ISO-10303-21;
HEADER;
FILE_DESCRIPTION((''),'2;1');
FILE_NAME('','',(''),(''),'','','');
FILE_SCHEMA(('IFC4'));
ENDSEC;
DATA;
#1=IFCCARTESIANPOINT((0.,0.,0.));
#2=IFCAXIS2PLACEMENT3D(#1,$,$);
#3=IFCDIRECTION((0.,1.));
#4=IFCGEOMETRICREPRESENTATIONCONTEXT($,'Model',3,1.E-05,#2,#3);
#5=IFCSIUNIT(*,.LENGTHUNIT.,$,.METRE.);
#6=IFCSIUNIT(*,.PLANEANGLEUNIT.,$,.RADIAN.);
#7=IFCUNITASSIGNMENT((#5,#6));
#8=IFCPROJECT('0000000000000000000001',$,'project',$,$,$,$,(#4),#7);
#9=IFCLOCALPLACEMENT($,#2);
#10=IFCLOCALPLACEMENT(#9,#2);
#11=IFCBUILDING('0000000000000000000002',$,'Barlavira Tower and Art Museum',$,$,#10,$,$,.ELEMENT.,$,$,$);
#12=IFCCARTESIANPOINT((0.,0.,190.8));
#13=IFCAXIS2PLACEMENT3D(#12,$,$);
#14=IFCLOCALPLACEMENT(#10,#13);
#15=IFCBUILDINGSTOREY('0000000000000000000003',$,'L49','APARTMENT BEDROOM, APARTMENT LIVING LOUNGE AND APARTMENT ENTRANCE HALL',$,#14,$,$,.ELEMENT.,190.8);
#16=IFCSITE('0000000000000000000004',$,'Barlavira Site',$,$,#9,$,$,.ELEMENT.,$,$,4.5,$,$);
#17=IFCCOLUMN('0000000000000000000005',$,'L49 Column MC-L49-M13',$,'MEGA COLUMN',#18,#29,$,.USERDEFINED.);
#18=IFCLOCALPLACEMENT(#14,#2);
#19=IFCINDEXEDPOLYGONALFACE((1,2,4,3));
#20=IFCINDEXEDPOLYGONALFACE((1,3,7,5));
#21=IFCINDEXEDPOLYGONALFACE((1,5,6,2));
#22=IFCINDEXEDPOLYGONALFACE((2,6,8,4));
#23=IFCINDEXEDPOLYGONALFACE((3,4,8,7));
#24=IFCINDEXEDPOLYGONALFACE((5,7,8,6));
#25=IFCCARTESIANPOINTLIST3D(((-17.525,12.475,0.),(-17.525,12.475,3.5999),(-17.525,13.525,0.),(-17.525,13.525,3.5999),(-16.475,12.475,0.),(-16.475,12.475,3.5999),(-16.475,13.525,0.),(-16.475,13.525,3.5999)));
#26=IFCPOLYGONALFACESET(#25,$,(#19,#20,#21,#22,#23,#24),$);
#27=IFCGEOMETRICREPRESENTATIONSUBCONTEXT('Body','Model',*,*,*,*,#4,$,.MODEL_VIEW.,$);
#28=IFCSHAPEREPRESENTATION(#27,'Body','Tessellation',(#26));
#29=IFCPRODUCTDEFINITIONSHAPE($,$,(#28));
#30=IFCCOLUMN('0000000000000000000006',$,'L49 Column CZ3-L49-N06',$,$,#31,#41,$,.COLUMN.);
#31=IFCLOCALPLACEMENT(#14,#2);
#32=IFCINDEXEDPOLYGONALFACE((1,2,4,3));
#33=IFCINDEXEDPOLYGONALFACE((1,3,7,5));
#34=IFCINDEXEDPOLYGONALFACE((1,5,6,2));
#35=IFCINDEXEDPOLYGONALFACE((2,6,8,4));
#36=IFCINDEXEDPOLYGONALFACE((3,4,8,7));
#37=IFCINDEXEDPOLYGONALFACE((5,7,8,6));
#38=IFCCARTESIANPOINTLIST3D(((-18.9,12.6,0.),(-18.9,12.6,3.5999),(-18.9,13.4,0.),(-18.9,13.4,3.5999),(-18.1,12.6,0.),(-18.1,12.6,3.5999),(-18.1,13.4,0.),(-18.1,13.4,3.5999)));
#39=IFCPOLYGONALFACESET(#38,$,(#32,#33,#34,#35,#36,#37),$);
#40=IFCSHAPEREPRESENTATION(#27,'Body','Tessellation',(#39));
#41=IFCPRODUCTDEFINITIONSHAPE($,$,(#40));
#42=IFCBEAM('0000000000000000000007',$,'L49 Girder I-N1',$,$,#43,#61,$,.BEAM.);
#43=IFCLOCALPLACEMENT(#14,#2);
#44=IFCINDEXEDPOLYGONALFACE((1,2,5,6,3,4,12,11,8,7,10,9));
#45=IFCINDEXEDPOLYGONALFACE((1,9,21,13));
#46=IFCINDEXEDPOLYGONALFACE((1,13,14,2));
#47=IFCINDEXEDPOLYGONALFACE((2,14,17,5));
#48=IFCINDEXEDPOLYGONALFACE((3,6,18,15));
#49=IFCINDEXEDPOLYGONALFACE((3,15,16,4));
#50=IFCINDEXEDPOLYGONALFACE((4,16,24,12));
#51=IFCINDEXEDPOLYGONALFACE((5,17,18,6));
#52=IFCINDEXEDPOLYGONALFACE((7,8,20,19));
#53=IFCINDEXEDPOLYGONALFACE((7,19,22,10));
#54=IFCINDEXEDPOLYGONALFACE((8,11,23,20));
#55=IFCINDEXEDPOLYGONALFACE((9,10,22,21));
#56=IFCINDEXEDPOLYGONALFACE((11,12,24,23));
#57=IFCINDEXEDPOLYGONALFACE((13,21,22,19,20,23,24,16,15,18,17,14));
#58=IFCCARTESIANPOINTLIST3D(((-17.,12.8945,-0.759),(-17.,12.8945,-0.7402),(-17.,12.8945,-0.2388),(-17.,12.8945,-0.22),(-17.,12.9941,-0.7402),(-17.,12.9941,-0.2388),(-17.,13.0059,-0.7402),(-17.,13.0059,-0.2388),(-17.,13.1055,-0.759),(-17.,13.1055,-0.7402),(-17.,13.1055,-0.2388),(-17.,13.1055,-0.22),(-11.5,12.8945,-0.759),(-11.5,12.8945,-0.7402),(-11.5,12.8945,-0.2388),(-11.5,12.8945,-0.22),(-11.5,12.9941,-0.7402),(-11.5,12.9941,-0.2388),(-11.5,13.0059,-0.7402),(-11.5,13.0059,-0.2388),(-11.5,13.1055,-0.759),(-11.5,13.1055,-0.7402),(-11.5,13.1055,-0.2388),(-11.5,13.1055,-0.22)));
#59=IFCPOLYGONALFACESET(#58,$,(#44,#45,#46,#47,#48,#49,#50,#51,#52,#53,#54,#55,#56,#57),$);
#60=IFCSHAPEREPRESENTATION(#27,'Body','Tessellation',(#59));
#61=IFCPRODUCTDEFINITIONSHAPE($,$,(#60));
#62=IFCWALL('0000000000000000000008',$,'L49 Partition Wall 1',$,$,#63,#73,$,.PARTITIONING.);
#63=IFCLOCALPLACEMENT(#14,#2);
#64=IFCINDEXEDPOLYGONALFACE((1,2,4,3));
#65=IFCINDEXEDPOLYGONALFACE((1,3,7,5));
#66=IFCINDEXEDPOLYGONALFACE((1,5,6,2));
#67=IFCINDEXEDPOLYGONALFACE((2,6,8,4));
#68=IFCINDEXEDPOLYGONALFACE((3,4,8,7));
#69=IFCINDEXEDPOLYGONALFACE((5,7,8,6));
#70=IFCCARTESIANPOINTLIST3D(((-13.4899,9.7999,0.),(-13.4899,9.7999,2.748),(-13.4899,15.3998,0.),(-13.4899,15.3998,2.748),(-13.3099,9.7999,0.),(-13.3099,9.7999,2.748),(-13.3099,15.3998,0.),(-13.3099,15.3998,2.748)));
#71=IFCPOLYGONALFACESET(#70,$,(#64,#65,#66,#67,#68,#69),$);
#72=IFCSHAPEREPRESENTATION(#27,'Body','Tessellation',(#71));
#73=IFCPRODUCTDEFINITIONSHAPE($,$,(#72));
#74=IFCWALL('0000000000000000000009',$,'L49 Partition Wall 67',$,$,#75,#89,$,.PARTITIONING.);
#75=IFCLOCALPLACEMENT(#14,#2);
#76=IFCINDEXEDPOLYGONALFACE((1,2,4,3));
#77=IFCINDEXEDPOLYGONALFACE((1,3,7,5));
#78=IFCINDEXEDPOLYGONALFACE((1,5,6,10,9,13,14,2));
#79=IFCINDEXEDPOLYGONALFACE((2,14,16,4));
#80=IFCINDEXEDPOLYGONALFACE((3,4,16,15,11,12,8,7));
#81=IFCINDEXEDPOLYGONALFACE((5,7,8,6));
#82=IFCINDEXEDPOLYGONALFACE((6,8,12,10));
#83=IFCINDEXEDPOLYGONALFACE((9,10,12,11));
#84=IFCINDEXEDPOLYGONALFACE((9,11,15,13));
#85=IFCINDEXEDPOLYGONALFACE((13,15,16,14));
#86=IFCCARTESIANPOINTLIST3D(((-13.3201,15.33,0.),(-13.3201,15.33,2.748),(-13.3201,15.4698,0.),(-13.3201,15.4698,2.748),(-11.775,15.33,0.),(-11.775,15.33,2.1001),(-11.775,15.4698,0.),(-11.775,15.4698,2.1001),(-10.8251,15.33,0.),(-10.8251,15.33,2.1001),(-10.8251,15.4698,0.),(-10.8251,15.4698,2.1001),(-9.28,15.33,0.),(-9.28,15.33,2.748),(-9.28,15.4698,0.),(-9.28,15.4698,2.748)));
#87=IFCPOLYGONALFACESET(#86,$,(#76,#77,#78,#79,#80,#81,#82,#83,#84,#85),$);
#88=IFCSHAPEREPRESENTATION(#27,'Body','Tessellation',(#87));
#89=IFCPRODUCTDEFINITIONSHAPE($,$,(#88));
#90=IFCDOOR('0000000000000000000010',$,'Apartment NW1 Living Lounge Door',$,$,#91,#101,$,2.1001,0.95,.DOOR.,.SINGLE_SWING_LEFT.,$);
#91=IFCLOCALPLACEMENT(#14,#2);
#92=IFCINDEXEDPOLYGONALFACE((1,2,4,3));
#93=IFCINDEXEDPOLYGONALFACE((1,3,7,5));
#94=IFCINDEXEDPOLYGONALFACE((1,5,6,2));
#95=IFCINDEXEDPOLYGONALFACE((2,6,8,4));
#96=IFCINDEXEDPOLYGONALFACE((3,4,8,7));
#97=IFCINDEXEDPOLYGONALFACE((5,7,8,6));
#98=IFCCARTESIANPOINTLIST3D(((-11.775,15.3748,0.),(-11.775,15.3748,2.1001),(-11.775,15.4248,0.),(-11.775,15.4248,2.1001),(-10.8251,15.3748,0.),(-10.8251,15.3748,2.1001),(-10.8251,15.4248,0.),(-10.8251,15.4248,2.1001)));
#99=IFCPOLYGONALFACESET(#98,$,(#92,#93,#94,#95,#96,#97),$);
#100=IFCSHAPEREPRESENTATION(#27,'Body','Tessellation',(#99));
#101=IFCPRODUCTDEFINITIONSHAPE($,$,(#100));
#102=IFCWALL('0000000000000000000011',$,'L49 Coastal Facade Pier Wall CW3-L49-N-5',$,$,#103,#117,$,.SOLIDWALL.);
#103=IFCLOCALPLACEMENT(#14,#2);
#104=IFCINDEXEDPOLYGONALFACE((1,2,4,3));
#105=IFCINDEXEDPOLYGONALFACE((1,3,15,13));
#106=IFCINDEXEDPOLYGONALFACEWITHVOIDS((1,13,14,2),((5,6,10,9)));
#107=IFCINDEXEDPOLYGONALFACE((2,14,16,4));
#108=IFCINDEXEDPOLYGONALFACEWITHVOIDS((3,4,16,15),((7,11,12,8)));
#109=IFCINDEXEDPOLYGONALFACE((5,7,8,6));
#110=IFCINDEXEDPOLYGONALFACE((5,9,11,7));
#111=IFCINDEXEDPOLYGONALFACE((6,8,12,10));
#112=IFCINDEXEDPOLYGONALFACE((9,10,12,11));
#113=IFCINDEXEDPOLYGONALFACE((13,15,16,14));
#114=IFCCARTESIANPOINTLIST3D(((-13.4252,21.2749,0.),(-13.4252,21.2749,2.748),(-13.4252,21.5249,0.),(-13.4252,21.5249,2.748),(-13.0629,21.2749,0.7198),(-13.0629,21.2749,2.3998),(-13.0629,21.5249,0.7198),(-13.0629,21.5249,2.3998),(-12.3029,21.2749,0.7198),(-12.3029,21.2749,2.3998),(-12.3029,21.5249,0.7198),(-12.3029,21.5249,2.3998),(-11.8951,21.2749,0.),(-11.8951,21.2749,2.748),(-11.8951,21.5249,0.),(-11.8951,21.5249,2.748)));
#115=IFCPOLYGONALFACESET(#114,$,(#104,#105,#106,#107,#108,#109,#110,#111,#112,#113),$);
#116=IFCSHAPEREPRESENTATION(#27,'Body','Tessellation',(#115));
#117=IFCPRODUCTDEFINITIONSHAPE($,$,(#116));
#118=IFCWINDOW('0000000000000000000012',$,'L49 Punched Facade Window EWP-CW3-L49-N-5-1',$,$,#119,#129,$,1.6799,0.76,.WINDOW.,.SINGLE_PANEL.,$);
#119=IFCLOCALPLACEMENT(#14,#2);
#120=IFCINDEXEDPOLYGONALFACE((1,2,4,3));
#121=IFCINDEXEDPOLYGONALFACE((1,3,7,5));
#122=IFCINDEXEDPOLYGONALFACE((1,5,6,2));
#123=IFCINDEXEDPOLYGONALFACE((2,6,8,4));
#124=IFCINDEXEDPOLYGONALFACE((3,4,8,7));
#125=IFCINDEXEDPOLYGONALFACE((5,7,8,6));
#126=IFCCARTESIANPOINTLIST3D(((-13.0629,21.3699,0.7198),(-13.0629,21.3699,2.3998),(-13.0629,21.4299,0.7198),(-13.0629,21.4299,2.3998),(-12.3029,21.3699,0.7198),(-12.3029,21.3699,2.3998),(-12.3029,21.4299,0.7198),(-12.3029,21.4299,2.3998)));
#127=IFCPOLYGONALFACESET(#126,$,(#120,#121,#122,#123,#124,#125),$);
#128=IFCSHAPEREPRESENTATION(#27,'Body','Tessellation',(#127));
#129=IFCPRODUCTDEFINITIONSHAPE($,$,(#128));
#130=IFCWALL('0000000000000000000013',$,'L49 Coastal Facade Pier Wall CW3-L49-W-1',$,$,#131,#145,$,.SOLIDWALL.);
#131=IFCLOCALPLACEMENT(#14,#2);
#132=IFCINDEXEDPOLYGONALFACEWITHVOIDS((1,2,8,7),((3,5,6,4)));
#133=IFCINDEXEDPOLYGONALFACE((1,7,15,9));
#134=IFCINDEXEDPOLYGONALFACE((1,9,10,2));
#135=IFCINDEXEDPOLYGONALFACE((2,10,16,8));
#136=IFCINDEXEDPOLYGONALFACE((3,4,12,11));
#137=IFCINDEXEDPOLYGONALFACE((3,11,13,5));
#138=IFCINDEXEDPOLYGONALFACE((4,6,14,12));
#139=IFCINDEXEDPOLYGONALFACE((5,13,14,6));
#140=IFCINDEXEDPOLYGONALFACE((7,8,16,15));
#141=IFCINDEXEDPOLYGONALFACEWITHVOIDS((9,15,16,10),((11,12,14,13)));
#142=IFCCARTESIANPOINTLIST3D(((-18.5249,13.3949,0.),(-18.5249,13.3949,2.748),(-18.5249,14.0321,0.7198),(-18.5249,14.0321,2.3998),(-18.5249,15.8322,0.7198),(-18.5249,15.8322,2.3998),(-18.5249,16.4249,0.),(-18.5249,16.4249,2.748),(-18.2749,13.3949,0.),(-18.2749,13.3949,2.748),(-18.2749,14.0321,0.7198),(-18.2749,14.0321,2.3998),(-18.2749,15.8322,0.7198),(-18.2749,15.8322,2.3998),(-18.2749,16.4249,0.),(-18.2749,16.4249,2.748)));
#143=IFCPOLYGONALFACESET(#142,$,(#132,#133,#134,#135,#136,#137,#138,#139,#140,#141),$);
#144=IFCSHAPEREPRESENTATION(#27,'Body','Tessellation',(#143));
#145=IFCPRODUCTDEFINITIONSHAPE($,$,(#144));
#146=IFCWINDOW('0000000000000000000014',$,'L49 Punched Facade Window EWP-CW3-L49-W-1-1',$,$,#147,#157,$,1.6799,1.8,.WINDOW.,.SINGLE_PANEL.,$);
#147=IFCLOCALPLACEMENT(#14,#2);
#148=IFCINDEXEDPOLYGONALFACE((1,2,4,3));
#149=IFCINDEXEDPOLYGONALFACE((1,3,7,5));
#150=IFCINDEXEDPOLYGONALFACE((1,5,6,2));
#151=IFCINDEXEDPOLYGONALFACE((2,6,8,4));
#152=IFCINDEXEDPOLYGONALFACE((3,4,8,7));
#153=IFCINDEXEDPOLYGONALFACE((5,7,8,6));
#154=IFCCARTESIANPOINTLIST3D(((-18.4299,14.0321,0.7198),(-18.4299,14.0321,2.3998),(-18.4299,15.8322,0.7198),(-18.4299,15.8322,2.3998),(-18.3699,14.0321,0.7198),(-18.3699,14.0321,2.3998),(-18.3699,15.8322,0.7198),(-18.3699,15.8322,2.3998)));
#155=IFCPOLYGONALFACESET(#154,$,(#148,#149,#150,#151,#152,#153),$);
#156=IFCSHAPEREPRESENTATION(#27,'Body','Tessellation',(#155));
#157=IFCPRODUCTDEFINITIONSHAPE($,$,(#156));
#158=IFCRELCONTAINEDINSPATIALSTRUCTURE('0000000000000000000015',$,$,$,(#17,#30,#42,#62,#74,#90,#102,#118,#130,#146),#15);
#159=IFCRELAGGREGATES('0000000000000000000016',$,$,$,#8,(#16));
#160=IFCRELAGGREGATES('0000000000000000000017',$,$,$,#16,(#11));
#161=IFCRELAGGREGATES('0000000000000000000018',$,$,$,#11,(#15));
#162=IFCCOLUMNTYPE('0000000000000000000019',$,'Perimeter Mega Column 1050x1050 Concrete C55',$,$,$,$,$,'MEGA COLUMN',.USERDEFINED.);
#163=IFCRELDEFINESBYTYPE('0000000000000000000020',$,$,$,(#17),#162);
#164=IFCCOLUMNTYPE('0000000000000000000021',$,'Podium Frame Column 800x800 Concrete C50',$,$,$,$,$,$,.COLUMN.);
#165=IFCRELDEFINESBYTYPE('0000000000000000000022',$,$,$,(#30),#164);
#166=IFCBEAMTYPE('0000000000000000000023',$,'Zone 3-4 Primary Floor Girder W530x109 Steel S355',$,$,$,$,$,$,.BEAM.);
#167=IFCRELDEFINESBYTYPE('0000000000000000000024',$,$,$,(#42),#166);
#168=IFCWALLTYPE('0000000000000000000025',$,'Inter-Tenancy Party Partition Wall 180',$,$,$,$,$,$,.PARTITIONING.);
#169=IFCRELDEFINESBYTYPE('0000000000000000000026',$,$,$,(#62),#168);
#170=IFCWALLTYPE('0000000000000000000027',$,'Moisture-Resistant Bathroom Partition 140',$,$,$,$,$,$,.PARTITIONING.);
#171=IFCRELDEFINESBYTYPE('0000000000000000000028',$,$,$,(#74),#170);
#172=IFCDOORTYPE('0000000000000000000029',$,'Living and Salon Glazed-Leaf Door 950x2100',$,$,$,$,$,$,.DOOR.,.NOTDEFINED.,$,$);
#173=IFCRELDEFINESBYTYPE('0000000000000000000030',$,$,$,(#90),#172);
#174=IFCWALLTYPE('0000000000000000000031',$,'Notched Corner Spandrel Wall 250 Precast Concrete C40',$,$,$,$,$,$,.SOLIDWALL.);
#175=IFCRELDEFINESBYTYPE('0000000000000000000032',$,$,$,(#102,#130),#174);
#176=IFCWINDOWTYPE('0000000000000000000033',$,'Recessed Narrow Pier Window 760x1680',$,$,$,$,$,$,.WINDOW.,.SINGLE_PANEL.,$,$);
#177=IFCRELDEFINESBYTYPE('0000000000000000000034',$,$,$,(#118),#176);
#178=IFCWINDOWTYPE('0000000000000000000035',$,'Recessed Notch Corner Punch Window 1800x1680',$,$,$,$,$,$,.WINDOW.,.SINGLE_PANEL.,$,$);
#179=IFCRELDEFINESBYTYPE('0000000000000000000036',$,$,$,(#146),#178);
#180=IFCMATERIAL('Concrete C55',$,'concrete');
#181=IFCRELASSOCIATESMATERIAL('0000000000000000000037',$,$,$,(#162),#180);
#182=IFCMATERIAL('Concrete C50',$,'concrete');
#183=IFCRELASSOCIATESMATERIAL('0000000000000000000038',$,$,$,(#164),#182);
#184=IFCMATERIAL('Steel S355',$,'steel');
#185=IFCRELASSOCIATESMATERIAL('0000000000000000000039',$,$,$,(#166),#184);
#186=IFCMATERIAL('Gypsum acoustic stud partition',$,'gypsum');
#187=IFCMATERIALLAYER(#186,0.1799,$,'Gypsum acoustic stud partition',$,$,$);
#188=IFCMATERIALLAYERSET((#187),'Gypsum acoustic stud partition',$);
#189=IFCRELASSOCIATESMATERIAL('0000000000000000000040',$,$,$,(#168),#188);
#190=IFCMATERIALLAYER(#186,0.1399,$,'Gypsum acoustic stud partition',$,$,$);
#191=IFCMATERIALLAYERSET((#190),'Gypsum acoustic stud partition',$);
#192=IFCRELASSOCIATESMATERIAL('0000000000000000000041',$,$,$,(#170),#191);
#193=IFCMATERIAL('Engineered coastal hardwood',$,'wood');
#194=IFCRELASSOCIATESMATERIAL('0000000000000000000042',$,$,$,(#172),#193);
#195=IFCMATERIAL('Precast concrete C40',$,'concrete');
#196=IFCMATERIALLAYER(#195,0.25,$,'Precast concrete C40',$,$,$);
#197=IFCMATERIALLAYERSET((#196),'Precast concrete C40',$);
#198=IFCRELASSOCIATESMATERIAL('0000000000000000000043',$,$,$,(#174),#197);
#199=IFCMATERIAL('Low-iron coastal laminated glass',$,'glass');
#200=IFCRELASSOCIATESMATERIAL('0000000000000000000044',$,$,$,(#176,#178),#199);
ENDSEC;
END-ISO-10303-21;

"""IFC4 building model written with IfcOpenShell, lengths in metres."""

from ifc_helpers import new_model, si_unit, direction, frame, frame_2d, origin, origin_2d, place, context, subcontext, project, spatial, rectangle, i_section, extrude, material, layer, layer_set, material_profile, profile_set, type_object, element, fill, save


model = new_model("IFC4")

# Units and contexts
model_context = context("Model", 3, precision=1e-05, world=origin(), true_north=direction((0.0, 1.0)))
body_context = subcontext(model_context, "Body", "Model", "MODEL_VIEW")
ifc_project = project(units=[si_unit("LENGTHUNIT", "METRE"), si_unit("PLANEANGLEUNIT", "RADIAN")], contexts=[model_context])

# Site, building, storey
site_placement = place(None, origin())
site = spatial("IfcSite", under=ifc_project, at=site_placement, Name="Barlavira Site", CompositionType="ELEMENT", RefElevation=4.5)
building_placement = place(site_placement, origin())
building = spatial("IfcBuilding", under=site, at=building_placement, Name="Barlavira Tower and Art Museum", CompositionType="ELEMENT")
storey_placement = place(building_placement, frame((0.0, 0.0, 190.8)))
storey = spatial("IfcBuildingStorey", under=building, at=storey_placement, Name="L49", Description="APARTMENT BEDROOM, APARTMENT LIVING LOUNGE AND APARTMENT ENTRANCE HALL", CompositionType="ELEMENT", Elevation=190.8)

# Columns
ifc_material_1 = material(Name="Concrete C55", Category="concrete")
ifc_material_profile_1 = material_profile(ifc_material_1, rectangle(XDim=1.05, YDim=1.05, at=origin_2d()), Name="RC-COL 1050x1050")
ifc_profile_set_1 = profile_set([ifc_material_profile_1], Name="Concrete C55")
column_type_1 = type_object("IfcColumnType", Name="Perimeter Mega Column 1050x1050 Concrete C55", ElementType="MEGA COLUMN", PredefinedType="USERDEFINED", material=ifc_profile_set_1)
column_1_placement = place(storey_placement, frame((-17.0, 13.0, 0.0), z_axis=(0.0, 0.0, 1.0), x_axis=(1.0, 0.0, 0.0)))
element("IfcColumn", 1, at=column_1_placement, inside=storey, type_object=column_type_1, Name="L49 Column MC-L49-M13", ObjectType="MEGA COLUMN", PredefinedType="USERDEFINED", context=body_context, shape_type="SweptSolid", body=[
    extrude(rectangle(XDim=1.05, YDim=1.05, at=origin_2d()), origin(), (0.0, 0.0, 1.0), 3.5999),
])
ifc_material_2 = material(Name="Concrete C50", Category="concrete")
ifc_material_profile_2 = material_profile(ifc_material_2, rectangle(XDim=0.8, YDim=0.8, at=origin_2d()), Name="RC-COL 800x800")
ifc_profile_set_2 = profile_set([ifc_material_profile_2], Name="Concrete C50")
column_type_2 = type_object("IfcColumnType", Name="Podium Frame Column 800x800 Concrete C50", PredefinedType="COLUMN", material=ifc_profile_set_2)
column_2_placement = place(storey_placement, frame((-18.5, 13.0, 0.0), z_axis=(0.0, 0.0, 1.0), x_axis=(1.0, 0.0, 0.0)))
element("IfcColumn", 2, at=column_2_placement, inside=storey, type_object=column_type_2, Name="L49 Column CZ3-L49-N06", PredefinedType="COLUMN", context=body_context, shape_type="SweptSolid", body=[
    extrude(rectangle(XDim=0.8, YDim=0.8, at=origin_2d()), origin(), (0.0, 0.0, 1.0), 3.5999),
])

# Beam
ifc_material_3 = material(Name="Steel S355", Category="steel")
ifc_material_profile_3 = material_profile(ifc_material_3, i_section(OverallWidth=0.2109, OverallDepth=0.5391, WebThickness=0.0117, FlangeThickness=0.0188, at=origin_2d()), Name="W530x109.0")
ifc_profile_set_3 = profile_set([ifc_material_profile_3], Name="Steel S355")
beam_type = type_object("IfcBeamType", Name="Zone 3-4 Primary Floor Girder W530x109 Steel S355", PredefinedType="BEAM", material=ifc_profile_set_3)
beam_placement = place(storey_placement, frame((-17.0, 13.0, -0.4895), z_axis=(1.0, 0.0, 0.0), x_axis=(0.0, 1.0, 0.0)))
element("IfcBeam", 3, at=beam_placement, inside=storey, type_object=beam_type, Name="L49 Girder I-N1", PredefinedType="BEAM", context=body_context, shape_type="SweptSolid", body=[
    extrude(i_section(OverallWidth=0.2109, OverallDepth=0.5391, WebThickness=0.0117, FlangeThickness=0.0188, at=origin_2d()), origin(), (0.0, 0.0, 1.0), 5.5),
])

# Wall
ifc_material_4 = material(Name="Gypsum acoustic stud partition", Category="gypsum")
ifc_layer_1 = layer(ifc_material_4, 0.1799, Name="Gypsum acoustic stud partition")
ifc_layer_set_1 = layer_set([ifc_layer_1], Name="Gypsum acoustic stud partition")
wall_type_1 = type_object("IfcWallType", Name="Inter-Tenancy Party Partition Wall 180", PredefinedType="PARTITIONING", material=ifc_layer_set_1)
wall_1_placement = place(storey_placement, frame((-13.3999, 9.8, 0.0), z_axis=(0.0, 0.0, 1.0), x_axis=(0.0, 1.0, 0.0)))
element("IfcWall", 4, at=wall_1_placement, inside=storey, type_object=wall_type_1, Name="L49 Partition Wall 1", PredefinedType="PARTITIONING", context=body_context, shape_type="SweptSolid", body=[
    extrude(rectangle(XDim=5.5999, YDim=0.1799, at=frame_2d((2.7998, 0.0))), origin(), (0.0, 0.0, 1.0), 2.748),
])

# Wall, opening, door
ifc_layer_2 = layer(ifc_material_4, 0.1399, Name="Gypsum acoustic stud partition")
ifc_layer_set_2 = layer_set([ifc_layer_2], Name="Gypsum acoustic stud partition")
wall_type_2 = type_object("IfcWallType", Name="Moisture-Resistant Bathroom Partition 140", PredefinedType="PARTITIONING", material=ifc_layer_set_2)
wall_2_placement = place(storey_placement, frame((-13.3201, 15.3999, 0.0), z_axis=(0.0, 0.0, 1.0), x_axis=(1.0, 0.0, 0.0)))
wall_2 = element("IfcWall", 5, at=wall_2_placement, inside=storey, type_object=wall_type_2, Name="L49 Partition Wall 67", PredefinedType="PARTITIONING", context=body_context, shape_type="SweptSolid", body=[
    extrude(rectangle(XDim=4.04, YDim=0.1399, at=frame_2d((2.02, 0.0))), origin(), (0.0, 0.0, 1.0), 2.748),
])
opening_1_placement = place(wall_2_placement, frame((1.5449, 0.0, 0.0)))
opening_1 = element("IfcOpeningElement", 6, at=opening_1_placement, cuts=wall_2, PredefinedType="OPENING", context=body_context, shape_type="SweptSolid", body=[
    extrude(rectangle(XDim=0.95, YDim=2.1001, at=frame_2d((0.4751, 1.05))), frame((0.0, 0.0801, 0.0), z_axis=(0.0, -1.0, 0.0), x_axis=(1.0, 0.0, 0.0)), (0.0, 0.0, 1.0), 0.1599),
])
ifc_material_5 = material(Name="Engineered coastal hardwood", Category="wood")
door_type_1 = type_object("IfcDoorType", Name="Living and Salon Glazed-Leaf Door 950x2100", OperationType="NOTDEFINED", PredefinedType="DOOR", material=ifc_material_5)
door_1_placement = place(opening_1_placement, origin())
door_1 = element("IfcDoor", 7, at=door_1_placement, inside=storey, type_object=door_type_1, Name="Apartment NW1 Living Lounge Door", OperationType="SINGLE_SWING_LEFT", OverallHeight=2.1001, OverallWidth=0.95, PredefinedType="DOOR", context=body_context, shape_type="SweptSolid", body=[
    extrude(rectangle(XDim=0.95, YDim=2.1001, at=frame_2d((0.4751, 1.05))), frame((0.0, 0.0249, 0.0), z_axis=(0.0, -1.0, 0.0), x_axis=(1.0, 0.0, 0.0)), (0.0, 0.0, 1.0), 0.05),
])
fill(opening_1, door_1)

# Walls, openings, windows
ifc_material_6 = material(Name="Precast concrete C40", Category="concrete")
ifc_layer_3 = layer(ifc_material_6, 0.25, Name="Precast concrete C40")
ifc_layer_set_3 = layer_set([ifc_layer_3], Name="Precast concrete C40")
wall_type_3 = type_object("IfcWallType", Name="Notched Corner Spandrel Wall 250 Precast Concrete C40", PredefinedType="SOLIDWALL", material=ifc_layer_set_3)
wall_3_placement = place(storey_placement, frame((-11.895, 21.3999, 0.0), z_axis=(0.0, 0.0, 1.0), x_axis=(-1.0, 0.0, 0.0)))
wall_3 = element("IfcWall", 8, at=wall_3_placement, inside=storey, type_object=wall_type_3, Name="L49 Coastal Facade Pier Wall CW3-L49-N-5", PredefinedType="SOLIDWALL", context=body_context, shape_type="SweptSolid", body=[
    extrude(rectangle(XDim=1.53, YDim=0.25, at=frame_2d((0.7651, 0.0))), origin(), (0.0, 0.0, 1.0), 2.748),
])
opening_2_placement = place(wall_3_placement, frame((0.408, 0.0, 0.72)))
opening_2 = element("IfcOpeningElement", 9, at=opening_2_placement, cuts=wall_3, PredefinedType="OPENING", context=body_context, shape_type="SweptSolid", body=[
    extrude(rectangle(XDim=0.76, YDim=1.6799, at=frame_2d((0.3799, 0.8398))), frame((0.0, 0.135, 0.0), z_axis=(0.0, -1.0, 0.0), x_axis=(1.0, 0.0, 0.0)), (0.0, 0.0, 1.0), 0.27),
])
ifc_material_7 = material(Name="Low-iron coastal laminated glass", Category="glass")
window_type_1 = type_object("IfcWindowType", Name="Recessed Narrow Pier Window 760x1680", PartitioningType="SINGLE_PANEL", PredefinedType="WINDOW", material=ifc_material_7)
window_1_placement = place(opening_2_placement, origin())
window_1 = element("IfcWindow", 10, at=window_1_placement, inside=storey, type_object=window_type_1, Name="L49 Punched Facade Window EWP-CW3-L49-N-5-1", OverallHeight=1.6799, OverallWidth=0.76, PartitioningType="SINGLE_PANEL", PredefinedType="WINDOW", context=body_context, shape_type="SweptSolid", body=[
    extrude(rectangle(XDim=0.76, YDim=1.6799, at=frame_2d((0.3799, 0.8398))), frame((0.0, 0.03, 0.0), z_axis=(0.0, -1.0, 0.0), x_axis=(1.0, 0.0, 0.0)), (0.0, 0.0, 1.0), 0.0601),
])
fill(opening_2, window_1)
wall_4_placement = place(storey_placement, frame((-18.3999, 16.425, 0.0), z_axis=(0.0, 0.0, 1.0), x_axis=(0.0, -1.0, 0.0)))
wall_4 = element("IfcWall", 11, at=wall_4_placement, inside=storey, type_object=wall_type_3, Name="L49 Coastal Facade Pier Wall CW3-L49-W-1", PredefinedType="SOLIDWALL", context=body_context, shape_type="SweptSolid", body=[
    extrude(rectangle(XDim=3.03, YDim=0.25, at=frame_2d((1.5151, 0.0))), origin(), (0.0, 0.0, 1.0), 2.748),
])
opening_3_placement = place(wall_4_placement, frame((0.593, 0.0, 0.72)))
opening_3 = element("IfcOpeningElement", 12, at=opening_3_placement, cuts=wall_4, PredefinedType="OPENING", context=body_context, shape_type="SweptSolid", body=[
    extrude(rectangle(XDim=1.8, YDim=1.6799, at=frame_2d((0.8999, 0.8398))), frame((0.0, 0.135, 0.0), z_axis=(0.0, -1.0, 0.0), x_axis=(1.0, 0.0, 0.0)), (0.0, 0.0, 1.0), 0.27),
])
window_type_2 = type_object("IfcWindowType", Name="Recessed Notch Corner Punch Window 1800x1680", PartitioningType="SINGLE_PANEL", PredefinedType="WINDOW", material=ifc_material_7)
window_2_placement = place(opening_3_placement, origin())
window_2 = element("IfcWindow", 13, at=window_2_placement, inside=storey, type_object=window_type_2, Name="L49 Punched Facade Window EWP-CW3-L49-W-1-1", OverallHeight=1.6799, OverallWidth=1.8, PartitioningType="SINGLE_PANEL", PredefinedType="WINDOW", context=body_context, shape_type="SweptSolid", body=[
    extrude(rectangle(XDim=1.8, YDim=1.6799, at=frame_2d((0.8999, 0.8398))), frame((0.0, 0.03, 0.0), z_axis=(0.0, -1.0, 0.0), x_axis=(1.0, 0.0, 0.0)), (0.0, 0.0, 1.0), 0.0601),
])
fill(opening_3, window_2)

save(model, "model.ifc")
